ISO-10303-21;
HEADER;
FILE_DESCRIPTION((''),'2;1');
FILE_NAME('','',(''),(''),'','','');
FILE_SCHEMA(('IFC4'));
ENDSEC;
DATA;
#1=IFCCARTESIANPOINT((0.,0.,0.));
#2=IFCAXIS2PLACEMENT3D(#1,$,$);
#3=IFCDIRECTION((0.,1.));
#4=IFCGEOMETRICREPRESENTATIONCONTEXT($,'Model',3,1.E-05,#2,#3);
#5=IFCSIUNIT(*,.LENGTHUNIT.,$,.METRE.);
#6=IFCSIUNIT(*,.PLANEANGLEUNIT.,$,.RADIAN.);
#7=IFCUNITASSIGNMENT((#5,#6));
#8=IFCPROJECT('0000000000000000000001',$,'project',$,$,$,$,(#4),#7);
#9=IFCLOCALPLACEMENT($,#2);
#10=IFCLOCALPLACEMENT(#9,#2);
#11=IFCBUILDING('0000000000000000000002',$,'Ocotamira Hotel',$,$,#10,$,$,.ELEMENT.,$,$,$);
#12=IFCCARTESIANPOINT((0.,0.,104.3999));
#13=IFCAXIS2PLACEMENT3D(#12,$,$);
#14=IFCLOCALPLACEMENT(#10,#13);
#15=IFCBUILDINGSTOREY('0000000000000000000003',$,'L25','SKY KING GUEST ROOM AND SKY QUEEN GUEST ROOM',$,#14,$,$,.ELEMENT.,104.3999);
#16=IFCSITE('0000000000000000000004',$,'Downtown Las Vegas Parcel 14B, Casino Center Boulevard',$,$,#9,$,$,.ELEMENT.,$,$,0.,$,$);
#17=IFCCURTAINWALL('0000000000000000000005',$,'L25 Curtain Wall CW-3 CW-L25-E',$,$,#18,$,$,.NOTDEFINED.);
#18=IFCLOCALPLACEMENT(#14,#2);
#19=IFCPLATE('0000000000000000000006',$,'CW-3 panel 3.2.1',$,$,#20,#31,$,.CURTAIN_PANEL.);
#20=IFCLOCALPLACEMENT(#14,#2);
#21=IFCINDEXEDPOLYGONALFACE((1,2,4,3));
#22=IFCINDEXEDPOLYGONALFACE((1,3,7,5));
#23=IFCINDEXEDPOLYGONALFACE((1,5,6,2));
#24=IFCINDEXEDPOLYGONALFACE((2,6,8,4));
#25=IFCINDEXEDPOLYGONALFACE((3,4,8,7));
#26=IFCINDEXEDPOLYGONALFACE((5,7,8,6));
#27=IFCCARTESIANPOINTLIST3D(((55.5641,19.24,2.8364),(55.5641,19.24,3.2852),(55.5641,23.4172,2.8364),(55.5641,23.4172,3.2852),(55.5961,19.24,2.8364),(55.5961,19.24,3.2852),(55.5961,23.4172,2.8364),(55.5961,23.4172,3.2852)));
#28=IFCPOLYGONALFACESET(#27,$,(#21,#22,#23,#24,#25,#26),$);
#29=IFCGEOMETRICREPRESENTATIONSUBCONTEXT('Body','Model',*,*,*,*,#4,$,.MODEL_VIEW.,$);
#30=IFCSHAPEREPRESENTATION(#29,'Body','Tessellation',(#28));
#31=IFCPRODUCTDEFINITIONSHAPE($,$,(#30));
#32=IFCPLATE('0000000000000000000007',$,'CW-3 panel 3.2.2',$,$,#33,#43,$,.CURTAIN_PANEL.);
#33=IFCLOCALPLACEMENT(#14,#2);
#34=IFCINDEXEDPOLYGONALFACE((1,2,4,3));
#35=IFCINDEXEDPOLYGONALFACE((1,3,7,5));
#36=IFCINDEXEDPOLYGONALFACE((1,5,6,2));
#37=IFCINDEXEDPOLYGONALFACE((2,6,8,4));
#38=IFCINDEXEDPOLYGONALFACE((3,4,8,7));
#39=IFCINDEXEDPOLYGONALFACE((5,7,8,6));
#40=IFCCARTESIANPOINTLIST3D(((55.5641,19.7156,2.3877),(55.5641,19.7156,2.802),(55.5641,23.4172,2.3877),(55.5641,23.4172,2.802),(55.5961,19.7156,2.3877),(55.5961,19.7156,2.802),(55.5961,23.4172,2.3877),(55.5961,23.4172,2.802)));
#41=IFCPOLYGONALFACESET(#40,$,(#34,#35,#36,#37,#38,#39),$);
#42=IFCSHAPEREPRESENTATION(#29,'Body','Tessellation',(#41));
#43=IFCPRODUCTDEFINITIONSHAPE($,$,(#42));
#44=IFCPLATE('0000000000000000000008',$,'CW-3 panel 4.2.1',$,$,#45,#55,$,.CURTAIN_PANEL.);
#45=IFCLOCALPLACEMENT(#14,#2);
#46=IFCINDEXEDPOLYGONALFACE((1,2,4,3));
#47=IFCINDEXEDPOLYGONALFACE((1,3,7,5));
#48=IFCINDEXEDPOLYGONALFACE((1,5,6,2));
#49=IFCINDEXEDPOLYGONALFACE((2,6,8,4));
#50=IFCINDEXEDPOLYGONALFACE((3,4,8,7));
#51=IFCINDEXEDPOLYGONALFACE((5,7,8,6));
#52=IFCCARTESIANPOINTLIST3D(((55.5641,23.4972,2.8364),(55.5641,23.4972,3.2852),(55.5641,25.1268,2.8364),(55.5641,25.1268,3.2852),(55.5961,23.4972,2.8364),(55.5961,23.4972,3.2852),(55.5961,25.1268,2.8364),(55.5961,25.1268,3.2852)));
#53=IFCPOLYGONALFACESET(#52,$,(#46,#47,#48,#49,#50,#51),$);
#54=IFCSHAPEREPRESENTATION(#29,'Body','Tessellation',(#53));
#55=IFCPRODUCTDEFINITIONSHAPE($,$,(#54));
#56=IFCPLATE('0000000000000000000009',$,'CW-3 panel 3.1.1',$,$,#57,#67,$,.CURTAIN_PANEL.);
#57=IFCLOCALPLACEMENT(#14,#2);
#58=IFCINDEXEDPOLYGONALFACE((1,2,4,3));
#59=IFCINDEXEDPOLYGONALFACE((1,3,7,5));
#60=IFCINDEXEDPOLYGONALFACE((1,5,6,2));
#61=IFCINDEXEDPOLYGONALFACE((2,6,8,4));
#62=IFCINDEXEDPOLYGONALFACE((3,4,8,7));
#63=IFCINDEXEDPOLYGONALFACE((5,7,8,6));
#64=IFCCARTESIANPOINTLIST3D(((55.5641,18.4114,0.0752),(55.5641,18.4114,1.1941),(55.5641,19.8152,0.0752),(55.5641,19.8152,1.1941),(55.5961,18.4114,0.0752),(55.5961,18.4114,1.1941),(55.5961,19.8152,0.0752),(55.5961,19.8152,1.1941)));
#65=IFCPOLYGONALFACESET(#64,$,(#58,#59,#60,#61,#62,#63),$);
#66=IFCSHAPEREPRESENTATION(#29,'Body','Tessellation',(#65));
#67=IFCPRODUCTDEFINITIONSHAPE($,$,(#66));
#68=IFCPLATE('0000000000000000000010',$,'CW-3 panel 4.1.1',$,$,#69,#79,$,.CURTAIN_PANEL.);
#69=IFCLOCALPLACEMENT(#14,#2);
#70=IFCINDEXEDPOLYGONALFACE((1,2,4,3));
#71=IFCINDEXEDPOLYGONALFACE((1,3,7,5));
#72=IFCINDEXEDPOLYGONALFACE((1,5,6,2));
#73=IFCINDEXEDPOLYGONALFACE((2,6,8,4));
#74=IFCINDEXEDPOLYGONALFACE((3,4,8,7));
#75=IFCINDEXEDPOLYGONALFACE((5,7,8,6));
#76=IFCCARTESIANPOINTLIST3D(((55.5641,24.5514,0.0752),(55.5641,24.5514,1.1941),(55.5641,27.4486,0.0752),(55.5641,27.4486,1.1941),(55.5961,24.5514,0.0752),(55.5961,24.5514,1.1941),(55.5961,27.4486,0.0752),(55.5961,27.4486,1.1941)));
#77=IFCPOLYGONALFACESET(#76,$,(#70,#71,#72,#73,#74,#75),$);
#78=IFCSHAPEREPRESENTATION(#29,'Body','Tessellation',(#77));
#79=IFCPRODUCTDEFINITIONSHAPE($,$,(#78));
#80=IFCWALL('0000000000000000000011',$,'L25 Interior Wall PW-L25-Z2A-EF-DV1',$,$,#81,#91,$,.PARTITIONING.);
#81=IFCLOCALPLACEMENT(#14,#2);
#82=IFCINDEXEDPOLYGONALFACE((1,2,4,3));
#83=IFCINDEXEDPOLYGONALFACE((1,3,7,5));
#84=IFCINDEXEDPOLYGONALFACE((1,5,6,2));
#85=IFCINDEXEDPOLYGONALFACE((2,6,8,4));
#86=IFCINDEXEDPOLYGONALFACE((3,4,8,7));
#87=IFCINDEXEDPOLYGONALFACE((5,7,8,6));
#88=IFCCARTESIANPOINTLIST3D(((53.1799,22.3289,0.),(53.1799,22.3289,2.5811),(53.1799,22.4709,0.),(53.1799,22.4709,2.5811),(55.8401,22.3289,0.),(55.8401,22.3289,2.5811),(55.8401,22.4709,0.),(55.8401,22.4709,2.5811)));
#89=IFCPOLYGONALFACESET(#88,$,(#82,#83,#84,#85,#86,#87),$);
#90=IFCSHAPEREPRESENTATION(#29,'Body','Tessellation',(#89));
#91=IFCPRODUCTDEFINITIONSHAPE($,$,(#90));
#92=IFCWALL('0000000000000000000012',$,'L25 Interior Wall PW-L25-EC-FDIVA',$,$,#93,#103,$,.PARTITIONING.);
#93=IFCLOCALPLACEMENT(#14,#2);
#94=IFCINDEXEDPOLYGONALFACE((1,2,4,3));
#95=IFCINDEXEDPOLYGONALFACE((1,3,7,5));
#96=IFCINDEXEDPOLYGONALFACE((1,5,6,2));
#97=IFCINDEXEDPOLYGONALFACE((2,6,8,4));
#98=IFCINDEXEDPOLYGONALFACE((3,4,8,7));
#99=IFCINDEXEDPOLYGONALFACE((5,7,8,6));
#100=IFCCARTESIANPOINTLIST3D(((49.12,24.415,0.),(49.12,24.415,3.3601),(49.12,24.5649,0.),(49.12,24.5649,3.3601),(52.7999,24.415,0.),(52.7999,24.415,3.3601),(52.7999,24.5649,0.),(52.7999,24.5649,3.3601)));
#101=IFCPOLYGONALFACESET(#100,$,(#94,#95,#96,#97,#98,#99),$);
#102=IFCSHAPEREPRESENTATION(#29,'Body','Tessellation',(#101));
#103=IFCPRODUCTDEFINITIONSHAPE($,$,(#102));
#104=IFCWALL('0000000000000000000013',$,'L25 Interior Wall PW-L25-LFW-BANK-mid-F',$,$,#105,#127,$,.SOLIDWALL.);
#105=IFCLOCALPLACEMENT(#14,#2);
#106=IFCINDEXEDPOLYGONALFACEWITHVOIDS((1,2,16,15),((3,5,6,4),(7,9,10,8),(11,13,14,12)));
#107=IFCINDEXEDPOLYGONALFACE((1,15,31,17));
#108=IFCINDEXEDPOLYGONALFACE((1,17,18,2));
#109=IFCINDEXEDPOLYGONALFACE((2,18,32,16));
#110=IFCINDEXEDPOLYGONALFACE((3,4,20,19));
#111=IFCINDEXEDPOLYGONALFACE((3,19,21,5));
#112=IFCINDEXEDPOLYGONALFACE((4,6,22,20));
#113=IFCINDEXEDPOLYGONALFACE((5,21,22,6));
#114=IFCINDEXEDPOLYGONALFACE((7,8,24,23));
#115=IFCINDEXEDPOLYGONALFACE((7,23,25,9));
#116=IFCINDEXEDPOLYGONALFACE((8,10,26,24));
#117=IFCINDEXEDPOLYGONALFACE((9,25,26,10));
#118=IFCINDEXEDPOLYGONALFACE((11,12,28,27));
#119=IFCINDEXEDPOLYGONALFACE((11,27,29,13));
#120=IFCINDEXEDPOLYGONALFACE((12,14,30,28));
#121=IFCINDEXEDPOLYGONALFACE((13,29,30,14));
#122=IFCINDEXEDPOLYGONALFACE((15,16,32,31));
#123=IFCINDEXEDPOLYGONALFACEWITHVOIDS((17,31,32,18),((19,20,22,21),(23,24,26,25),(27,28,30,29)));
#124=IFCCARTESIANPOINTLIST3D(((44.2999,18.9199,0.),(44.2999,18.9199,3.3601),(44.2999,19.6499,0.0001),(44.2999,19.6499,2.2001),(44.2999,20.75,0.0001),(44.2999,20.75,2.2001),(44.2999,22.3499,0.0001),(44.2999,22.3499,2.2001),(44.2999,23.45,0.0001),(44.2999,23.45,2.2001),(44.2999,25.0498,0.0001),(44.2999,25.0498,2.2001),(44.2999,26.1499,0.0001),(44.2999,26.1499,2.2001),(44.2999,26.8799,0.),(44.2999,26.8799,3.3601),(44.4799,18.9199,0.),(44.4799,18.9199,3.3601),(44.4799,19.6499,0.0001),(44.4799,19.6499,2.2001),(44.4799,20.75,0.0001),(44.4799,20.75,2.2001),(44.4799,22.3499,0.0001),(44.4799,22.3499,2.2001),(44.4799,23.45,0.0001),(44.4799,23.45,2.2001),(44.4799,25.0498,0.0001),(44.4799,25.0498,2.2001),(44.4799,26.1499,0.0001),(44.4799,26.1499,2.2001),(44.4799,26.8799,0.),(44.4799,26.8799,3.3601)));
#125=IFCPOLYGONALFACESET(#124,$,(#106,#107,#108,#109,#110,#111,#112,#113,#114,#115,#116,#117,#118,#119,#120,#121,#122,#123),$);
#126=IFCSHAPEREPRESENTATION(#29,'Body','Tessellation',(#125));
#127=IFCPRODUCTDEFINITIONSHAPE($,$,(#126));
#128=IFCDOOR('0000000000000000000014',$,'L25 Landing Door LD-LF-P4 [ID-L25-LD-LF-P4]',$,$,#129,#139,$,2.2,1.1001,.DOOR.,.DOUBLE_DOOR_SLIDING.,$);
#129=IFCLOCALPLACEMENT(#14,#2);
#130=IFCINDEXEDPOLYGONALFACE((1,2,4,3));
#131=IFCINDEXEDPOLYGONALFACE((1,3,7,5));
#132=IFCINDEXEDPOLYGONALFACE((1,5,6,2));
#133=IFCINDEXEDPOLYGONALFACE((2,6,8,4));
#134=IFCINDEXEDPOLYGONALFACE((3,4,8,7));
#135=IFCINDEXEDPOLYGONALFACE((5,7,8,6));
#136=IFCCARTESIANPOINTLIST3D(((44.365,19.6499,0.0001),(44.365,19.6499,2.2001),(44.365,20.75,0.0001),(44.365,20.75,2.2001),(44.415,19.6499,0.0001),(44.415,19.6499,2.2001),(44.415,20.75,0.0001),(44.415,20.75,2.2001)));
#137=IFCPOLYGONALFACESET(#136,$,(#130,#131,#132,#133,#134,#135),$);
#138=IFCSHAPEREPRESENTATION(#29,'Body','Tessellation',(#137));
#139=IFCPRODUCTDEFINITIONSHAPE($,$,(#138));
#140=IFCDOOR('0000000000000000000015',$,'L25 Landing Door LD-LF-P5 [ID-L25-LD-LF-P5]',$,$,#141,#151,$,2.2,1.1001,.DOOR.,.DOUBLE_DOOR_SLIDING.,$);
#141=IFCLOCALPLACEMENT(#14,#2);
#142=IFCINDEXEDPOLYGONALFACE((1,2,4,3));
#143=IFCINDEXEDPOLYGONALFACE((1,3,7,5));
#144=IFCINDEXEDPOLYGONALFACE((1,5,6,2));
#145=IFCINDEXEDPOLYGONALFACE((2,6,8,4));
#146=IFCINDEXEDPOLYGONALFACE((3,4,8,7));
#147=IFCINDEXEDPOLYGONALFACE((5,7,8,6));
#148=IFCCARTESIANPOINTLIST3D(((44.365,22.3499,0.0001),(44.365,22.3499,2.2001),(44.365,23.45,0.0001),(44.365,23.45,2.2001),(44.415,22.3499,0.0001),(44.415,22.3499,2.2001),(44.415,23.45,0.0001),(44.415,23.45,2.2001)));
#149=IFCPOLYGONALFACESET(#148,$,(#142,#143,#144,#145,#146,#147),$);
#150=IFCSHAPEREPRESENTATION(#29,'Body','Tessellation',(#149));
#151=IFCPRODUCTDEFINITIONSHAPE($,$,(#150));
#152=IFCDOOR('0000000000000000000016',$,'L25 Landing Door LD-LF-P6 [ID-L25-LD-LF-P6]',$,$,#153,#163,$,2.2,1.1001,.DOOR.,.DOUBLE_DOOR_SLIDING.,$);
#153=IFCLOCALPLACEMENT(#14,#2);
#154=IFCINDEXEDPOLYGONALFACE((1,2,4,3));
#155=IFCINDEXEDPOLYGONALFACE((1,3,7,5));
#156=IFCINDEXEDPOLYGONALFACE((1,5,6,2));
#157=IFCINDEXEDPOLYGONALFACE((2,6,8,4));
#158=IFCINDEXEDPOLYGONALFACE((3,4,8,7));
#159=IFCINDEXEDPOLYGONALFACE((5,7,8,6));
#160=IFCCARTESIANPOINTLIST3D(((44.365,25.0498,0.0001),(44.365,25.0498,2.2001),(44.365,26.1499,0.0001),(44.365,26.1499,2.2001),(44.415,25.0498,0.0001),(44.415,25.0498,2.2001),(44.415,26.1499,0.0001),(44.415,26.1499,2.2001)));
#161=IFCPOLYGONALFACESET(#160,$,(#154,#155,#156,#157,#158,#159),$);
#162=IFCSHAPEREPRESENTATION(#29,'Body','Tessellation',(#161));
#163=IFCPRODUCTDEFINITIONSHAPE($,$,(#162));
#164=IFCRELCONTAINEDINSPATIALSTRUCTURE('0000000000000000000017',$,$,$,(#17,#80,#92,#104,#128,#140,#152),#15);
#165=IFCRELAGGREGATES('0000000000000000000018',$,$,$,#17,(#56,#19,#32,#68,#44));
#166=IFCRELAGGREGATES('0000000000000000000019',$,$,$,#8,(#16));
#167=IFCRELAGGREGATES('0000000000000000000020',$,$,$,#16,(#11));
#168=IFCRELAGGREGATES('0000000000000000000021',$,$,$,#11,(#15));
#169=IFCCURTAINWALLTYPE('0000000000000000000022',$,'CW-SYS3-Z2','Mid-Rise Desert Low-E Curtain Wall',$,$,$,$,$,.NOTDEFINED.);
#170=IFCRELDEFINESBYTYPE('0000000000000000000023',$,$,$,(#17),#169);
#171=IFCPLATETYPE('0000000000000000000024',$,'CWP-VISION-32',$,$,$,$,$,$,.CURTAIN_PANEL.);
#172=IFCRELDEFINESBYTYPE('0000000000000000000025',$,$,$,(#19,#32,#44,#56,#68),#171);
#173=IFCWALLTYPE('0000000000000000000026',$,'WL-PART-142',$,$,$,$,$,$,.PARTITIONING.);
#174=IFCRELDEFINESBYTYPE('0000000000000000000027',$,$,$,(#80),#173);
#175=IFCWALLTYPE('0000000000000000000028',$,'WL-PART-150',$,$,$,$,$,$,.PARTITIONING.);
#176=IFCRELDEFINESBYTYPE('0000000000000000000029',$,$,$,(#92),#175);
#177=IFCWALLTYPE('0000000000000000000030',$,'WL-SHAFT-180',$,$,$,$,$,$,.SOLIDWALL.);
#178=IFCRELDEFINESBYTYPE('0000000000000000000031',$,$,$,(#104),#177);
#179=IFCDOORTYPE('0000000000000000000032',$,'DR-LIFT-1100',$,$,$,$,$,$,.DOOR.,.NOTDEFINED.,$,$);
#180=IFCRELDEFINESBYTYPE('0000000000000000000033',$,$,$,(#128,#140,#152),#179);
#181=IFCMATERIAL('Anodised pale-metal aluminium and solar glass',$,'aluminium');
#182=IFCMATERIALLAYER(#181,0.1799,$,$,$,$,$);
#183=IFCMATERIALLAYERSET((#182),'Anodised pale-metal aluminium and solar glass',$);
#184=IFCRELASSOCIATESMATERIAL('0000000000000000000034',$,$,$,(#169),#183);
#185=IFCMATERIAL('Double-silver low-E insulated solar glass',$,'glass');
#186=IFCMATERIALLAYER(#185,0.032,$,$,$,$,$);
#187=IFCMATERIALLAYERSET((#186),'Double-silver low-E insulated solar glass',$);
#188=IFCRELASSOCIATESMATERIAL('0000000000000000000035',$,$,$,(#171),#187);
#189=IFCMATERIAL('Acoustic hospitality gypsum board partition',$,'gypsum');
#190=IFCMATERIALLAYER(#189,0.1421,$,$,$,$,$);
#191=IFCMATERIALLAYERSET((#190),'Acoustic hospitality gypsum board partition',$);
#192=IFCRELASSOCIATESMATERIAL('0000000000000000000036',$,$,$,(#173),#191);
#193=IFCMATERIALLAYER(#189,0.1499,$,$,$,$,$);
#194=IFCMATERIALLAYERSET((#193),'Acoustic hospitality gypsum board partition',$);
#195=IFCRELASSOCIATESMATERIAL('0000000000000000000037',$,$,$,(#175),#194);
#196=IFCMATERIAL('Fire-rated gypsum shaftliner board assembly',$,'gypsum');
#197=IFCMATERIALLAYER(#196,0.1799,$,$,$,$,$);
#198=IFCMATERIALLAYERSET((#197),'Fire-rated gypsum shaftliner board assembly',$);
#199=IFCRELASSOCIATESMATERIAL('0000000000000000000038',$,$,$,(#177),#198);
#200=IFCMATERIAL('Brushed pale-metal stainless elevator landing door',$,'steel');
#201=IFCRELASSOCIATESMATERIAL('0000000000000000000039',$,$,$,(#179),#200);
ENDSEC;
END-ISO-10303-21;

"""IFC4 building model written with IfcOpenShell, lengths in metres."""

from ifc_helpers import new_model, si_unit, direction, frame, frame_2d, origin, origin_2d, place, context, subcontext, project, spatial, rectangle, extrude, source, transform, mapped, material, layer, layer_set, type_object, element, fill, aggregate, save


model = new_model("IFC4")

# Units and contexts
model_context = context("Model", 3, precision=1e-05, world=origin(), true_north=direction((0.0, 1.0)))
body_context = subcontext(model_context, "Body", "Model", "MODEL_VIEW")
ifc_project = project(units=[si_unit("LENGTHUNIT", "METRE"), si_unit("PLANEANGLEUNIT", "RADIAN")], contexts=[model_context])

# Site, building, storey
site_placement = place(None, origin())
site = spatial("IfcSite", under=ifc_project, at=site_placement, Name="Downtown Las Vegas Parcel 14B, Casino Center Boulevard", CompositionType="ELEMENT", RefElevation=0.0)
building_placement = place(site_placement, origin())
building = spatial("IfcBuilding", under=site, at=building_placement, Name="Ocotamira Hotel", CompositionType="ELEMENT")
storey_placement = place(building_placement, frame((0.0, 0.0, 104.3999)))
storey = spatial("IfcBuildingStorey", under=building, at=storey_placement, Name="L25", Description="SKY KING GUEST ROOM AND SKY QUEEN GUEST ROOM", CompositionType="ELEMENT", Elevation=104.3999)

# Curtain wall, plates
ifc_material_1 = material(Name="Anodised pale-metal aluminium and solar glass", Category="aluminium")
ifc_layer_1 = layer(ifc_material_1, 0.1799)
ifc_layer_set_1 = layer_set([ifc_layer_1], Name="Anodised pale-metal aluminium and solar glass")
curtain_wall_type = type_object("IfcCurtainWallType", Name="CW-SYS3-Z2", Description="Mid-Rise Desert Low-E Curtain Wall", PredefinedType="NOTDEFINED", material=ifc_layer_set_1)
curtain_wall_placement = place(storey_placement, origin())
curtain_wall = element("IfcCurtainWall", 1, at=curtain_wall_placement, inside=storey, type_object=curtain_wall_type, Name="L25 Curtain Wall CW-3 CW-L25-E", PredefinedType="NOTDEFINED")
ifc_material_2 = material(Name="Double-silver low-E insulated solar glass", Category="glass")
ifc_layer_2 = layer(ifc_material_2, 0.032)
ifc_layer_set_2 = layer_set([ifc_layer_2], Name="Double-silver low-E insulated solar glass")
plate_type = type_object("IfcPlateType", Name="CWP-VISION-32", PredefinedType="CURTAIN_PANEL", material=ifc_layer_set_2)
shared_shape_1 = source(origin(), body_context, "Body", "SweptSolid", [
    extrude(rectangle(XDim=4.1772, YDim=0.032, at=origin_2d()), origin(), (0.0, 0.0, 1.0), 0.4487),
])
plate_1_placement = place(storey_placement, frame((55.5801, 21.3286, 2.8364), z_axis=(0.0, 0.0, 1.0), x_axis=(0.0, 1.0, 0.0)))
plate_1 = element("IfcPlate", 2, at=plate_1_placement, type_object=plate_type, Name="CW-3 panel 3.2.1", PredefinedType="CURTAIN_PANEL", context=body_context, shape_type="MappedRepresentation", body=[
    mapped(shared_shape_1, transform((0.0, 0.0, 0.0), scale=1.0)),
])
shared_shape_2 = source(origin(), body_context, "Body", "SweptSolid", [
    extrude(rectangle(XDim=3.7017, YDim=0.032, at=origin_2d()), origin(), (0.0, 0.0, 1.0), 0.4143),
])
plate_2_placement = place(storey_placement, frame((55.5801, 21.5664, 2.3877), z_axis=(0.0, 0.0, 1.0), x_axis=(0.0, 1.0, 0.0)))
plate_2 = element("IfcPlate", 3, at=plate_2_placement, type_object=plate_type, Name="CW-3 panel 3.2.2", PredefinedType="CURTAIN_PANEL", context=body_context, shape_type="MappedRepresentation", body=[
    mapped(shared_shape_2, transform((0.0, 0.0, 0.0), scale=1.0)),
])
shared_shape_3 = source(origin(), body_context, "Body", "SweptSolid", [
    extrude(rectangle(XDim=1.6296, YDim=0.032, at=origin_2d()), origin(), (0.0, 0.0, 1.0), 0.4487),
])
plate_3_placement = place(storey_placement, frame((55.5801, 24.312, 2.8364), z_axis=(0.0, 0.0, 1.0), x_axis=(0.0, 1.0, 0.0)))
plate_3 = element("IfcPlate", 4, at=plate_3_placement, type_object=plate_type, Name="CW-3 panel 4.2.1", PredefinedType="CURTAIN_PANEL", context=body_context, shape_type="MappedRepresentation", body=[
    mapped(shared_shape_3, transform((0.0, 0.0, 0.0), scale=1.0)),
])
shared_shape_4 = source(origin(), body_context, "Body", "SweptSolid", [
    extrude(rectangle(XDim=1.4038, YDim=0.032, at=origin_2d()), origin(), (0.0, 0.0, 1.0), 1.1189),
])
plate_4_placement = place(storey_placement, frame((55.5801, 19.1133, 0.0752), z_axis=(0.0, 0.0, 1.0), x_axis=(0.0, 1.0, 0.0)))
plate_4 = element("IfcPlate", 5, at=plate_4_placement, type_object=plate_type, Name="CW-3 panel 3.1.1", PredefinedType="CURTAIN_PANEL", context=body_context, shape_type="MappedRepresentation", body=[
    mapped(shared_shape_4, transform((0.0, 0.0, 0.0), scale=1.0)),
])
shared_shape_5 = source(origin(), body_context, "Body", "SweptSolid", [
    extrude(rectangle(XDim=2.8972, YDim=0.032, at=origin_2d()), origin(), (0.0, 0.0, 1.0), 1.1189),
])
plate_5_placement = place(storey_placement, frame((55.5801, 26.0, 0.0752), z_axis=(0.0, 0.0, 1.0), x_axis=(0.0, 1.0, 0.0)))
plate_5 = element("IfcPlate", 6, at=plate_5_placement, type_object=plate_type, Name="CW-3 panel 4.1.1", PredefinedType="CURTAIN_PANEL", context=body_context, shape_type="MappedRepresentation", body=[
    mapped(shared_shape_5, transform((0.0, 0.0, 0.0), scale=1.0)),
])
aggregate(curtain_wall, [plate_4, plate_1, plate_2, plate_5, plate_3])

# Walls
ifc_material_3 = material(Name="Acoustic hospitality gypsum board partition", Category="gypsum")
ifc_layer_3 = layer(ifc_material_3, 0.1421)
ifc_layer_set_3 = layer_set([ifc_layer_3], Name="Acoustic hospitality gypsum board partition")
wall_type_1 = type_object("IfcWallType", Name="WL-PART-142", PredefinedType="PARTITIONING", material=ifc_layer_set_3)
wall_1_placement = place(storey_placement, frame((53.1799, 22.3999, 0.0), z_axis=(0.0, 0.0, 1.0), x_axis=(1.0, 0.0, 0.0)))
element("IfcWall", 7, at=wall_1_placement, inside=storey, type_object=wall_type_1, Name="L25 Interior Wall PW-L25-Z2A-EF-DV1", PredefinedType="PARTITIONING", context=body_context, shape_type="SweptSolid", body=[
    extrude(rectangle(XDim=2.6602, YDim=0.1421, at=frame_2d((1.3301, 0.0))), origin(), (0.0, 0.0, 1.0), 2.5811),
])
ifc_layer_4 = layer(ifc_material_3, 0.1499)
ifc_layer_set_4 = layer_set([ifc_layer_4], Name="Acoustic hospitality gypsum board partition")
wall_type_2 = type_object("IfcWallType", Name="WL-PART-150", PredefinedType="PARTITIONING", material=ifc_layer_set_4)
wall_2_placement = place(storey_placement, frame((49.1201, 24.49, 0.0), z_axis=(0.0, 0.0, 1.0), x_axis=(1.0, 0.0, 0.0)))
element("IfcWall", 8, at=wall_2_placement, inside=storey, type_object=wall_type_2, Name="L25 Interior Wall PW-L25-EC-FDIVA", PredefinedType="PARTITIONING", context=body_context, shape_type="SweptSolid", body=[
    extrude(rectangle(XDim=3.6799, YDim=0.1499, at=frame_2d((1.8398, 0.0))), origin(), (0.0, 0.0, 1.0), 3.3601),
])

# Wall, openings, doors
ifc_material_4 = material(Name="Fire-rated gypsum shaftliner board assembly", Category="gypsum")
ifc_layer_5 = layer(ifc_material_4, 0.1799)
ifc_layer_set_5 = layer_set([ifc_layer_5], Name="Fire-rated gypsum shaftliner board assembly")
wall_type_3 = type_object("IfcWallType", Name="WL-SHAFT-180", PredefinedType="SOLIDWALL", material=ifc_layer_set_5)
wall_3_placement = place(storey_placement, frame((44.3899, 18.9199, 0.0), z_axis=(0.0, 0.0, 1.0), x_axis=(0.0, 1.0, 0.0)))
wall_3 = element("IfcWall", 9, at=wall_3_placement, inside=storey, type_object=wall_type_3, Name="L25 Interior Wall PW-L25-LFW-BANK-mid-F", PredefinedType="SOLIDWALL", context=body_context, shape_type="SweptSolid", body=[
    extrude(rectangle(XDim=7.96, YDim=0.1799, at=frame_2d((3.98, 0.0))), origin(), (0.0, 0.0, 1.0), 3.3601),
])
opening_1_placement = place(wall_3_placement, frame((0.73, 0.0, 0.0)))
opening_1 = element("IfcOpeningElement", 10, at=opening_1_placement, cuts=wall_3, PredefinedType="OPENING", context=body_context, shape_type="SweptSolid", body=[
    extrude(rectangle(XDim=1.1001, YDim=2.2, at=frame_2d((0.55, 1.1001))), frame((0.0, 0.1001, 0.0), z_axis=(0.0, -1.0, 0.0), x_axis=(1.0, 0.0, 0.0)), (0.0, 0.0, 1.0), 0.2),
])
opening_2_placement = place(wall_3_placement, frame((3.4299, 0.0, 0.0)))
opening_2 = element("IfcOpeningElement", 11, at=opening_2_placement, cuts=wall_3, PredefinedType="OPENING", context=body_context, shape_type="SweptSolid", body=[
    extrude(rectangle(XDim=1.1001, YDim=2.2, at=frame_2d((0.55, 1.1001))), frame((0.0, 0.1001, 0.0), z_axis=(0.0, -1.0, 0.0), x_axis=(1.0, 0.0, 0.0)), (0.0, 0.0, 1.0), 0.2),
])
opening_3_placement = place(wall_3_placement, frame((6.1299, 0.0, 0.0)))
opening_3 = element("IfcOpeningElement", 12, at=opening_3_placement, cuts=wall_3, PredefinedType="OPENING", context=body_context, shape_type="SweptSolid", body=[
    extrude(rectangle(XDim=1.1001, YDim=2.2, at=frame_2d((0.55, 1.1001))), frame((0.0, 0.1001, 0.0), z_axis=(0.0, -1.0, 0.0), x_axis=(1.0, 0.0, 0.0)), (0.0, 0.0, 1.0), 0.2),
])
ifc_material_5 = material(Name="Brushed pale-metal stainless elevator landing door", Category="steel")
door_type = type_object("IfcDoorType", Name="DR-LIFT-1100", OperationType="NOTDEFINED", PredefinedType="DOOR", material=ifc_material_5)
shared_shape_6 = source(origin(), body_context, "Body", "SweptSolid", [
    extrude(rectangle(XDim=1.1001, YDim=2.2, at=frame_2d((0.55, 1.1001))), frame((0.0, 0.0249, 0.0), z_axis=(0.0, -1.0, 0.0), x_axis=(1.0, 0.0, 0.0)), (0.0, 0.0, 1.0), 0.05),
])
door_1_placement = place(opening_1_placement, origin())
door_1 = element("IfcDoor", 13, at=door_1_placement, inside=storey, type_object=door_type, Name="L25 Landing Door LD-LF-P4 [ID-L25-LD-LF-P4]", OperationType="DOUBLE_DOOR_SLIDING", OverallHeight=2.2, OverallWidth=1.1001, PredefinedType="DOOR", context=body_context, shape_type="MappedRepresentation", body=[
    mapped(shared_shape_6, transform((0.0, 0.0, 0.0), scale=1.0)),
])
fill(opening_1, door_1)
door_2_placement = place(opening_2_placement, origin())
door_2 = element("IfcDoor", 14, at=door_2_placement, inside=storey, type_object=door_type, Name="L25 Landing Door LD-LF-P5 [ID-L25-LD-LF-P5]", OperationType="DOUBLE_DOOR_SLIDING", OverallHeight=2.2, OverallWidth=1.1001, PredefinedType="DOOR", context=body_context, shape_type="MappedRepresentation", body=[
    mapped(shared_shape_6, transform((0.0, 0.0, 0.0), scale=1.0)),
])
fill(opening_2, door_2)
door_3_placement = place(opening_3_placement, origin())
door_3 = element("IfcDoor", 15, at=door_3_placement, inside=storey, type_object=door_type, Name="L25 Landing Door LD-LF-P6 [ID-L25-LD-LF-P6]", OperationType="DOUBLE_DOOR_SLIDING", OverallHeight=2.2, OverallWidth=1.1001, PredefinedType="DOOR", context=body_context, shape_type="MappedRepresentation", body=[
    mapped(shared_shape_6, transform((0.0, 0.0, 0.0), scale=1.0)),
])
fill(opening_3, door_3)

save(model, "model.ifc")
